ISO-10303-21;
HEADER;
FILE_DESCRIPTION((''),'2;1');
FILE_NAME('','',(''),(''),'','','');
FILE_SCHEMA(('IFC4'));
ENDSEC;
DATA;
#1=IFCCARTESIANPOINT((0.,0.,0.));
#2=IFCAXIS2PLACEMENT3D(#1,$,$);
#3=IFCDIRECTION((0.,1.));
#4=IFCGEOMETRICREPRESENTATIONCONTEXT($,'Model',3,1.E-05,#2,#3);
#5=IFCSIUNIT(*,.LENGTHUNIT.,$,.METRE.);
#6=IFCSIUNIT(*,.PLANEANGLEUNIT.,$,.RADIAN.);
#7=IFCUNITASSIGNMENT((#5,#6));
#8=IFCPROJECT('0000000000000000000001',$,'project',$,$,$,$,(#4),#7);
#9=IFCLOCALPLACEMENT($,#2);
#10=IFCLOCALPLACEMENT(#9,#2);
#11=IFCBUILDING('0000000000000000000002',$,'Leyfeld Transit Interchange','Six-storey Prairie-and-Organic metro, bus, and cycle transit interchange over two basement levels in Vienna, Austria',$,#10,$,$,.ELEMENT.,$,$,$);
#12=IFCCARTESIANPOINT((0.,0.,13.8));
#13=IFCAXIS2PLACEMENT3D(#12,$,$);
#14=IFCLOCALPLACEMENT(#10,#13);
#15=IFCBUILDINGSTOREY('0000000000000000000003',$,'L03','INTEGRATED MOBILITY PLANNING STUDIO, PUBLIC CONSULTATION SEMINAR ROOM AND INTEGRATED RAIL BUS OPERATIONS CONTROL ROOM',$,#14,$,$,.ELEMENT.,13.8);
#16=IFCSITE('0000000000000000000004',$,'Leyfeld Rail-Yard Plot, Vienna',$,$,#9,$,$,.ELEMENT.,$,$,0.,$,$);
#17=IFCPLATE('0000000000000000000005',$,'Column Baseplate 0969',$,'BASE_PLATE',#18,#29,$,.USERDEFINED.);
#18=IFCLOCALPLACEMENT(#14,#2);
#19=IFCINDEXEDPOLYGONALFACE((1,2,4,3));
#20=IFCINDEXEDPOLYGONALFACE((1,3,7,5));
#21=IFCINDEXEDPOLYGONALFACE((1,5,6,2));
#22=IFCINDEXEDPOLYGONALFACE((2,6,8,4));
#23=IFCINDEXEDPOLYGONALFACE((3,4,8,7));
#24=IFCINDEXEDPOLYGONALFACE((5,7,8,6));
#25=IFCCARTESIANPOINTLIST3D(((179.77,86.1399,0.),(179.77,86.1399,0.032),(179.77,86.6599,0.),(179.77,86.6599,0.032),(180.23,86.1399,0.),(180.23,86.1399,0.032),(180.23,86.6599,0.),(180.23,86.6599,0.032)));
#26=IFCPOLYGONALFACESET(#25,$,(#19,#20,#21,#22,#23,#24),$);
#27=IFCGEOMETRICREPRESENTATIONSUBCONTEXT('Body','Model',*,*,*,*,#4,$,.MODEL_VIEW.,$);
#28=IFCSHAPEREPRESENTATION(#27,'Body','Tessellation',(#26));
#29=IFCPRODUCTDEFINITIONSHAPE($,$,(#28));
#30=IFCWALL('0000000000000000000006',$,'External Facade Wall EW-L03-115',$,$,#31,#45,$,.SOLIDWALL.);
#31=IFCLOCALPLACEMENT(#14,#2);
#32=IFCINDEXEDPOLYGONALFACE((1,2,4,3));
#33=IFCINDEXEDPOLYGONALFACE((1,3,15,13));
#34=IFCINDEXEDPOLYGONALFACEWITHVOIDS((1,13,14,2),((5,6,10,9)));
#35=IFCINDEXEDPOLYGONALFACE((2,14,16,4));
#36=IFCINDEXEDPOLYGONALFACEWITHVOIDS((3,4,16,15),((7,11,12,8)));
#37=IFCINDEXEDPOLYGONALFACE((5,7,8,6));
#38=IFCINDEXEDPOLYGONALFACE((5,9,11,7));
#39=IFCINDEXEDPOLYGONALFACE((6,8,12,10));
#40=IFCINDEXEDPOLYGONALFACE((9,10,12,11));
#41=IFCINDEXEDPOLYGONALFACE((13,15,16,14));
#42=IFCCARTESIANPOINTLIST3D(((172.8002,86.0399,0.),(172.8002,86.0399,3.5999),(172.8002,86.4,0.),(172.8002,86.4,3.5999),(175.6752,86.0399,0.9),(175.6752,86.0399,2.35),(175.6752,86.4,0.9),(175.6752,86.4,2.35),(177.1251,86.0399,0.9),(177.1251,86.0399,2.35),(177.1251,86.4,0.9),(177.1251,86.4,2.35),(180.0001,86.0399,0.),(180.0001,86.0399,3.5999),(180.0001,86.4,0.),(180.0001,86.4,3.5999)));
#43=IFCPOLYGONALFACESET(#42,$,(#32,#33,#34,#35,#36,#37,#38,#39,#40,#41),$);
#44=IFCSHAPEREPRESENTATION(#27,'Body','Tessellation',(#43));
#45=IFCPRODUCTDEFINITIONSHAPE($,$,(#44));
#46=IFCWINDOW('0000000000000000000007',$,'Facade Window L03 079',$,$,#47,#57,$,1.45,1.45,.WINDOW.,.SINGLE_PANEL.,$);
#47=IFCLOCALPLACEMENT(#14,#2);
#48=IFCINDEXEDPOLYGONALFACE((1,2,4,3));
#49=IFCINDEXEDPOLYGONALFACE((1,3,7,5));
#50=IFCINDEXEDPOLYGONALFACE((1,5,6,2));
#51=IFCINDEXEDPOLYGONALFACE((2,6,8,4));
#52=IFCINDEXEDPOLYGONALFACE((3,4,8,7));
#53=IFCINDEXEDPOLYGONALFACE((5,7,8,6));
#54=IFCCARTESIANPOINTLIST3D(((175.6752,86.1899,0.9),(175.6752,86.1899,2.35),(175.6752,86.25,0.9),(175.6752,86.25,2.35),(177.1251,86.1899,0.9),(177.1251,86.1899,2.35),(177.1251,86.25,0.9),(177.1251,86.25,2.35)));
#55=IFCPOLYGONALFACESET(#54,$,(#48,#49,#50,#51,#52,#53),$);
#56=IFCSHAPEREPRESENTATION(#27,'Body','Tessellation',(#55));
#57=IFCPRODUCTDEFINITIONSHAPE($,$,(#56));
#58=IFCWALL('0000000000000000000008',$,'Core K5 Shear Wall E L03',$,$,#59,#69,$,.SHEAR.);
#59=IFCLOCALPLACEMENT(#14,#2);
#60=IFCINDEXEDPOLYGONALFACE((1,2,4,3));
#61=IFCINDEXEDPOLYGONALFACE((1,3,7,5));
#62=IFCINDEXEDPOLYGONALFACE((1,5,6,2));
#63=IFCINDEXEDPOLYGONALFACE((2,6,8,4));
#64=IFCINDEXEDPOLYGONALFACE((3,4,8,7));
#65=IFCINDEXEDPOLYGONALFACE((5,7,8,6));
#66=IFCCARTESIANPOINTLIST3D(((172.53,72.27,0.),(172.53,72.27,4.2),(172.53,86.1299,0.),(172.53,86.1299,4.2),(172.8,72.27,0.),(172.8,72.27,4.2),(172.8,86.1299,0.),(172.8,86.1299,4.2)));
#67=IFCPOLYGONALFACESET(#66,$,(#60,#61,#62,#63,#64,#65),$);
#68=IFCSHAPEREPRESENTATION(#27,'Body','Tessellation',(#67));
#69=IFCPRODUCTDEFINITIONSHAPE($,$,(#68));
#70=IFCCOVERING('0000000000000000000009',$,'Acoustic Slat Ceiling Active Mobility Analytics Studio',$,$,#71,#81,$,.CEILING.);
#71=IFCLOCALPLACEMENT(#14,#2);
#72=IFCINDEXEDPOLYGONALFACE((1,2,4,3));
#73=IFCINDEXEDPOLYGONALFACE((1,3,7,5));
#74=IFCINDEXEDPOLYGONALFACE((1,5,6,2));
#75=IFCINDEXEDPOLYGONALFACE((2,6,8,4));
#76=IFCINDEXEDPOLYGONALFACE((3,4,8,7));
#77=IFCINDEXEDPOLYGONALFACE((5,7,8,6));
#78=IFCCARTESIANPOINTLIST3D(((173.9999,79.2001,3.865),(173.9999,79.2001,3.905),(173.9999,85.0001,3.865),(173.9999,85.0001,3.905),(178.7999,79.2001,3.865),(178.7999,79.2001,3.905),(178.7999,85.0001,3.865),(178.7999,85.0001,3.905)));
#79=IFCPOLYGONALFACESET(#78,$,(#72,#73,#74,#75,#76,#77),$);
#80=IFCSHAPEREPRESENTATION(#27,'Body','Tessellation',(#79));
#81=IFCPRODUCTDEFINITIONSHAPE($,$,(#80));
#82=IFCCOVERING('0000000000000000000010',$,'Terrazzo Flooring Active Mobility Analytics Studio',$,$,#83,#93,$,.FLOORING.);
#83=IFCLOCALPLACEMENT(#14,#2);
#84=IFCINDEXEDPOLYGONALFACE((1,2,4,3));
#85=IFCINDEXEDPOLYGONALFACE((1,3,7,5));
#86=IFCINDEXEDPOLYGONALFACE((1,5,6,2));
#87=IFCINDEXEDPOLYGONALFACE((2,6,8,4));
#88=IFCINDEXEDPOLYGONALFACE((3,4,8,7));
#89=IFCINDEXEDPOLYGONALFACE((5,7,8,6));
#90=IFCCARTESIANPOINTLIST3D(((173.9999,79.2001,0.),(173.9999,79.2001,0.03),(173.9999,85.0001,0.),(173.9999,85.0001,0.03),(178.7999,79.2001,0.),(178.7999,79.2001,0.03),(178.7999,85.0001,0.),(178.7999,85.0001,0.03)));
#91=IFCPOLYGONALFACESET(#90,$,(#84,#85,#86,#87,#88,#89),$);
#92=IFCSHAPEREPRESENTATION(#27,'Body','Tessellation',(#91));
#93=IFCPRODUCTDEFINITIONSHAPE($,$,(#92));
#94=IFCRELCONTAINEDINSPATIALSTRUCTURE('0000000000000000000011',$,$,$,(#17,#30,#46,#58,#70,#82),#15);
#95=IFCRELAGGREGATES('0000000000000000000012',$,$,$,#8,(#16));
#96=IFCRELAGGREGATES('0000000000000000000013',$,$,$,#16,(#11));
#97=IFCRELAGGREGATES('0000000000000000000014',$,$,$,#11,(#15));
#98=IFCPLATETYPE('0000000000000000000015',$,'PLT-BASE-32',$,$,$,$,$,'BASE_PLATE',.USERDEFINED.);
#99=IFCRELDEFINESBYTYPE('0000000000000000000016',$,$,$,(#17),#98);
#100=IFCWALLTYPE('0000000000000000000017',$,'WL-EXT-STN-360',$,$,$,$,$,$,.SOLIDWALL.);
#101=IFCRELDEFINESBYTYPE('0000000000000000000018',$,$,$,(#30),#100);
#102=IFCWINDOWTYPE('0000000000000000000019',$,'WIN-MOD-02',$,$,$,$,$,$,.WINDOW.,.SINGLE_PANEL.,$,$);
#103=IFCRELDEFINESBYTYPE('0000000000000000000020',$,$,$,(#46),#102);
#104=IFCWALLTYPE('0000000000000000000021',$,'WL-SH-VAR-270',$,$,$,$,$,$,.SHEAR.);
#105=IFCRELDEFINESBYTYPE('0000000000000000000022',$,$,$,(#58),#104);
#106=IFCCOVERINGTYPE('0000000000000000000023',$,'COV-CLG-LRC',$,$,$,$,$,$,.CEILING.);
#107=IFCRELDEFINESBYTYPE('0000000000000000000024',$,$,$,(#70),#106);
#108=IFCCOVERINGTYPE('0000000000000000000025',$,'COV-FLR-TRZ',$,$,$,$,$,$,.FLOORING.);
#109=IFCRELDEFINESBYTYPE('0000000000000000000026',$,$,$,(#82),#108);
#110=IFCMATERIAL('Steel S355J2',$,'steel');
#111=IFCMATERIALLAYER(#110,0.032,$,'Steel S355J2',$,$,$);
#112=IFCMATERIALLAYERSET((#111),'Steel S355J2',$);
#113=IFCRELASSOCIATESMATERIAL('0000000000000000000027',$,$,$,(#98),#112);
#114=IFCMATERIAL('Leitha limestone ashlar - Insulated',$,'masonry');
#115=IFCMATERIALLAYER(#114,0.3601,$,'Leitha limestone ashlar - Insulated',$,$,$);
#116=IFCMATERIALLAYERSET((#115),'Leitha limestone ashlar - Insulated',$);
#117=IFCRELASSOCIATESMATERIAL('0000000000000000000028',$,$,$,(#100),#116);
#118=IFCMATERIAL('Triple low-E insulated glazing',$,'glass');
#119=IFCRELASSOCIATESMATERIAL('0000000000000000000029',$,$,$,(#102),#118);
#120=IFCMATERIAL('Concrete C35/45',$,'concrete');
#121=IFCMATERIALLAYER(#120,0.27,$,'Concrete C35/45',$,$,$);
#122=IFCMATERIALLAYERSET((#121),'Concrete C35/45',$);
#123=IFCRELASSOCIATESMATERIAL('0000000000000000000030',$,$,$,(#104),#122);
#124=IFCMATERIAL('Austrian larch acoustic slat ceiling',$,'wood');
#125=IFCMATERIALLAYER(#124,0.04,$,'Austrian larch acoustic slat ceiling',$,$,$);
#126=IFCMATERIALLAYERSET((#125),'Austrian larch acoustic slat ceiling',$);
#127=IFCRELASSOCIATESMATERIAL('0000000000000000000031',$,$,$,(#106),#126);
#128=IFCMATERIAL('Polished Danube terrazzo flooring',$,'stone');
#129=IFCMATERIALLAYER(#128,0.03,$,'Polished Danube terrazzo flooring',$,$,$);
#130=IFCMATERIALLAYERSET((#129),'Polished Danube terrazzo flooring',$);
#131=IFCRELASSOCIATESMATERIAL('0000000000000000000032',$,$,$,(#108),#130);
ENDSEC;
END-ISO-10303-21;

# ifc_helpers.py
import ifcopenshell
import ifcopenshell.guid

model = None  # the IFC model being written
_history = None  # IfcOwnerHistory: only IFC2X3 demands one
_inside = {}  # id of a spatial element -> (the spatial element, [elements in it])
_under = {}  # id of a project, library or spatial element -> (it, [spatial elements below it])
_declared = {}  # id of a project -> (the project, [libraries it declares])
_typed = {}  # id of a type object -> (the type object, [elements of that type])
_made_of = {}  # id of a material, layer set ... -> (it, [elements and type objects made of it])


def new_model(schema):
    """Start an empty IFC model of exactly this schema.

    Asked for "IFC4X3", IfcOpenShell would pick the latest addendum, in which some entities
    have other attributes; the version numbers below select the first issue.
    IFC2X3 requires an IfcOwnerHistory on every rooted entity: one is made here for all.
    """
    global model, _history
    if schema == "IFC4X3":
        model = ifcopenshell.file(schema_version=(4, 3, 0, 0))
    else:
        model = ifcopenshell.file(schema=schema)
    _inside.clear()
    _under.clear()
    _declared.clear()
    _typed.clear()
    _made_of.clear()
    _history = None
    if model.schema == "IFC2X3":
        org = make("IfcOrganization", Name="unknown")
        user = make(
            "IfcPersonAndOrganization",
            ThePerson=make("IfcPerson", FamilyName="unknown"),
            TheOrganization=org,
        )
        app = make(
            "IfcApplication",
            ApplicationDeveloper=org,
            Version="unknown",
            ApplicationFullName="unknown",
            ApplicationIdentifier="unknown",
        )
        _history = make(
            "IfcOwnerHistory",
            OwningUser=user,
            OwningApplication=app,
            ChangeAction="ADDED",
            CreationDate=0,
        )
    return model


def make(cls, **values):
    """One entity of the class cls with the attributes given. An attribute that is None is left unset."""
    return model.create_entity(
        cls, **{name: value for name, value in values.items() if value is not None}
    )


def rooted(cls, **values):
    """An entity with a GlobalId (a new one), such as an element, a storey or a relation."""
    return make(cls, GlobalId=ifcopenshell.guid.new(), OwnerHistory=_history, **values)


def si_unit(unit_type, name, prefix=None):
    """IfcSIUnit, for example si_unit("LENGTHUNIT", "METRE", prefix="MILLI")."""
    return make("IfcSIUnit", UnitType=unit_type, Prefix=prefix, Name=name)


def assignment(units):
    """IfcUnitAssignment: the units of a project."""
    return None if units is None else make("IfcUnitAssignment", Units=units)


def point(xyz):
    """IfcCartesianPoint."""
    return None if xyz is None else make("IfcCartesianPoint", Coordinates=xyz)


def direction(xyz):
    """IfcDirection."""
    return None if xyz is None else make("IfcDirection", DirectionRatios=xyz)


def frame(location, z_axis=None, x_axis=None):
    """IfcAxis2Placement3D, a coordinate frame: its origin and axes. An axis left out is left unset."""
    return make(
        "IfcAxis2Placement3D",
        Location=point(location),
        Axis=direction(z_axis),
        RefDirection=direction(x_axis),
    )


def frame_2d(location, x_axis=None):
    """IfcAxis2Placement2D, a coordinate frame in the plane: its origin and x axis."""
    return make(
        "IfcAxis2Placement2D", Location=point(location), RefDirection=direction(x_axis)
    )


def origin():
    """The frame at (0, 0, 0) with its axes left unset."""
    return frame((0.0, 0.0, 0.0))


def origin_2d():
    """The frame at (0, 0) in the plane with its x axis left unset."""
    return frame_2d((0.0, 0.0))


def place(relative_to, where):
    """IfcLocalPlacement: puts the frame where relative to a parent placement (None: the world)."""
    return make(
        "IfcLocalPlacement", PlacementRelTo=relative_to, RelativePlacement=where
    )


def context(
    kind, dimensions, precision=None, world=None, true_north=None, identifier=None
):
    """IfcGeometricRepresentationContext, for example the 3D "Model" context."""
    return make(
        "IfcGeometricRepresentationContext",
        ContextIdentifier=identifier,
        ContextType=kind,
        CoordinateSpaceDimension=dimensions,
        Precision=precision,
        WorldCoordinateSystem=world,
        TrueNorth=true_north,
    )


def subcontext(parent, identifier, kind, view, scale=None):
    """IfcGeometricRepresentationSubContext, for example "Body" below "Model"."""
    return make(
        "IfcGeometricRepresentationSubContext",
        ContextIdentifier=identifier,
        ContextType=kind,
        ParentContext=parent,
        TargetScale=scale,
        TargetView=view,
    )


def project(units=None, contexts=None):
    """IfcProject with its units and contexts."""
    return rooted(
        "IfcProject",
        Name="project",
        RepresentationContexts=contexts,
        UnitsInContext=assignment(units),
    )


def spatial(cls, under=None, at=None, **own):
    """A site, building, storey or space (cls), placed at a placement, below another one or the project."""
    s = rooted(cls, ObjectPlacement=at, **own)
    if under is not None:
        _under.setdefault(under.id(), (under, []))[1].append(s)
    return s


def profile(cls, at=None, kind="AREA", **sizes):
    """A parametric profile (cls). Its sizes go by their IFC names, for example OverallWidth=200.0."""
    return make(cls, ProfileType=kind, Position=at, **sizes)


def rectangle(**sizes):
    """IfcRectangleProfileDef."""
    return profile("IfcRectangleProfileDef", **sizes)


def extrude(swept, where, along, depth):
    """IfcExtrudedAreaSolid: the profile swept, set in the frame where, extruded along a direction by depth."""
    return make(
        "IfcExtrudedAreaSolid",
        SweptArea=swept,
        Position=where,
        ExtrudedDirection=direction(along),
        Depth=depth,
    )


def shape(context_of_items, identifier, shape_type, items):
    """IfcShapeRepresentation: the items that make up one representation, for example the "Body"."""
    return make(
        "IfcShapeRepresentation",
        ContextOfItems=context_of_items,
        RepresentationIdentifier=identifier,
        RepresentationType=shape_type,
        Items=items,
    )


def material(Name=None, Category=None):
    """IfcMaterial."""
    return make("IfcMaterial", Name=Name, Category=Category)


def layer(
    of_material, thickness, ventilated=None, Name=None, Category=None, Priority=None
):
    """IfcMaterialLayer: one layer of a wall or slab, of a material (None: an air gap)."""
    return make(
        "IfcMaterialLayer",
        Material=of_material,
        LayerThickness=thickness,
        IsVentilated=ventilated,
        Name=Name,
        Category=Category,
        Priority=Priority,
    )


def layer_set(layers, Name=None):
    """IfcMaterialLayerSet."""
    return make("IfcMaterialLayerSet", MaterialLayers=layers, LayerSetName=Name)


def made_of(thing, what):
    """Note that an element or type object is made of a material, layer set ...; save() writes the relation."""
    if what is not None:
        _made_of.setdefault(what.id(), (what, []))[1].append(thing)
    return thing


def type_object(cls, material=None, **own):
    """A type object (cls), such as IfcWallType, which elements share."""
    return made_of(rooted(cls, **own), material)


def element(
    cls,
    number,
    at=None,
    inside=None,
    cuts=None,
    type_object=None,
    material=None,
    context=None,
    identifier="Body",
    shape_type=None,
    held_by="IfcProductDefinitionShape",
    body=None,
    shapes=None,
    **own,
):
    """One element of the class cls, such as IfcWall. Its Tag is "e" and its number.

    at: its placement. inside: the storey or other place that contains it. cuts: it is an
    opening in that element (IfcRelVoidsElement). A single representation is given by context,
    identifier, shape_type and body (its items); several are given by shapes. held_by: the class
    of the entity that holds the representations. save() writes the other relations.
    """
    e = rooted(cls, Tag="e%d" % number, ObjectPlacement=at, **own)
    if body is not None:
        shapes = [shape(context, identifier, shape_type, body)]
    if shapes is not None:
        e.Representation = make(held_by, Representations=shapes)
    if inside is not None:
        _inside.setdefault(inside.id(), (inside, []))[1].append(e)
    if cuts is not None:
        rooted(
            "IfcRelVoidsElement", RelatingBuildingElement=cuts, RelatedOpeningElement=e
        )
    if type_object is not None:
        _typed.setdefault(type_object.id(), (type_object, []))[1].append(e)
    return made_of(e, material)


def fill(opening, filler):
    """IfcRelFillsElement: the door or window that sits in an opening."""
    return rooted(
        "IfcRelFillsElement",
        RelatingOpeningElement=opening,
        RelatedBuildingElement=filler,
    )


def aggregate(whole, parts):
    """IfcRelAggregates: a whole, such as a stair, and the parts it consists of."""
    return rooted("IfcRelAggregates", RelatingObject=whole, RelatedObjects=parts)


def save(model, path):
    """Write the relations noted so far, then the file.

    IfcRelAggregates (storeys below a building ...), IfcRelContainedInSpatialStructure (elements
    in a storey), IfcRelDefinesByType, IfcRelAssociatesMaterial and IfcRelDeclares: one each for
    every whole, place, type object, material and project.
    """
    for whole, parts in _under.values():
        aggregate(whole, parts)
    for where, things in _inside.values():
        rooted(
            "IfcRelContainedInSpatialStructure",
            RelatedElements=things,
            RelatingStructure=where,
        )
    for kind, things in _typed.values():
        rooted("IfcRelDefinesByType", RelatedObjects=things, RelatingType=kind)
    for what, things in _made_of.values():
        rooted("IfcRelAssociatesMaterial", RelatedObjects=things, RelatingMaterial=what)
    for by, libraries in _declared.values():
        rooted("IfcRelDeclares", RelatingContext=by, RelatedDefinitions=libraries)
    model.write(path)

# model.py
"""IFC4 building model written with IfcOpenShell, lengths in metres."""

from ifc_helpers import new_model, si_unit, direction, frame, frame_2d, origin, origin_2d, place, context, subcontext, project, spatial, rectangle, extrude, material, layer, layer_set, type_object, element, fill, save


model = new_model("IFC4")

# Units and contexts
model_context = context("Model", 3, precision=1e-05, world=origin(), true_north=direction((0.0, 1.0)))
body_context = subcontext(model_context, "Body", "Model", "MODEL_VIEW")
ifc_project = project(units=[si_unit("LENGTHUNIT", "METRE"), si_unit("PLANEANGLEUNIT", "RADIAN")], contexts=[model_context])

# Site, building, storey
site_placement = place(None, origin())
site = spatial("IfcSite", under=ifc_project, at=site_placement, Name="Leyfeld Rail-Yard Plot, Vienna", CompositionType="ELEMENT", RefElevation=0.0)
building_placement = place(site_placement, origin())
building = spatial("IfcBuilding", under=site, at=building_placement, Name="Leyfeld Transit Interchange", Description="Six-storey Prairie-and-Organic metro, bus, and cycle transit interchange over two basement levels in Vienna, Austria", CompositionType="ELEMENT")
storey_placement = place(building_placement, frame((0.0, 0.0, 13.8)))
storey = spatial("IfcBuildingStorey", under=building, at=storey_placement, Name="L03", Description="INTEGRATED MOBILITY PLANNING STUDIO, PUBLIC CONSULTATION SEMINAR ROOM AND INTEGRATED RAIL BUS OPERATIONS CONTROL ROOM", CompositionType="ELEMENT", Elevation=13.8)

# Shared definitions
ifc_material_1 = material(Name="Steel S355J2", Category="steel")

# Plate
ifc_layer_1 = layer(ifc_material_1, 0.032, Name="Steel S355J2")
ifc_layer_set_1 = layer_set([ifc_layer_1], Name="Steel S355J2")
plate_type_1 = type_object("IfcPlateType", Name="PLT-BASE-32", ElementType="BASE_PLATE", PredefinedType="USERDEFINED", material=ifc_layer_set_1)
for number, where, z_axis, x_axis, name in (
    (1, (180.0, 86.3999, 0.0), (0.0, 0.0, 1.0), (1.0, 0.0, 0.0), "Column Baseplate 0969"),
):
    element("IfcPlate", number, at=place(storey_placement, frame(where, z_axis=z_axis, x_axis=x_axis)), inside=storey, type_object=plate_type_1, Name=name, ObjectType="BASE_PLATE", PredefinedType="USERDEFINED", context=body_context, shape_type="SweptSolid", body=[
        extrude(rectangle(XDim=0.46, YDim=0.52, at=origin_2d()), origin(), (0.0, 0.0, 1.0), 0.032),
    ])

# Wall, opening, window
ifc_material_2 = material(Name="Leitha limestone ashlar - Insulated", Category="masonry")
ifc_layer_2 = layer(ifc_material_2, 0.3601, Name="Leitha limestone ashlar - Insulated")
ifc_layer_set_2 = layer_set([ifc_layer_2], Name="Leitha limestone ashlar - Insulated")
wall_type_1 = type_object("IfcWallType", Name="WL-EXT-STN-360", PredefinedType="SOLIDWALL", material=ifc_layer_set_2)
wall_1_placement = place(storey_placement, frame((172.8, 86.22, 0.0), z_axis=(0.0, 0.0, 1.0), x_axis=(1.0, 0.0, 0.0)))
wall_1 = element("IfcWall", 2, at=wall_1_placement, inside=storey, type_object=wall_type_1, Name="External Facade Wall EW-L03-115", PredefinedType="SOLIDWALL", context=body_context, shape_type="SweptSolid", body=[
    extrude(rectangle(XDim=7.2, YDim=0.3601, at=frame_2d((3.6001, 0.0))), origin(), (0.0, 0.0, 1.0), 3.5999),
])
opening_placement = place(wall_1_placement, frame((2.875, 0.0, 0.8999)))
opening = element("IfcOpeningElement", 3, at=opening_placement, cuts=wall_1, PredefinedType="OPENING", context=body_context, shape_type="SweptSolid", body=[
    extrude(rectangle(XDim=1.45, YDim=1.45, at=frame_2d((0.7251, 0.7251))), frame((0.0, 0.1899, 0.0), z_axis=(0.0, -1.0, 0.0), x_axis=(1.0, 0.0, 0.0)), (0.0, 0.0, 1.0), 0.3801),
])
ifc_material_3 = material(Name="Triple low-E insulated glazing", Category="glass")
window_type = type_object("IfcWindowType", Name="WIN-MOD-02", PartitioningType="SINGLE_PANEL", PredefinedType="WINDOW", material=ifc_material_3)
window_placement = place(opening_placement, origin())
window = element("IfcWindow", 4, at=window_placement, inside=storey, type_object=window_type, Name="Facade Window L03 079", OverallHeight=1.45, OverallWidth=1.45, PartitioningType="SINGLE_PANEL", PredefinedType="WINDOW", context=body_context, shape_type="SweptSolid", body=[
    extrude(rectangle(XDim=1.45, YDim=1.45, at=frame_2d((0.7251, 0.7251))), frame((0.0, 0.03, 0.0), z_axis=(0.0, -1.0, 0.0), x_axis=(1.0, 0.0, 0.0)), (0.0, 0.0, 1.0), 0.0601),
])
fill(opening, window)

# Wall
ifc_material_4 = material(Name="Concrete C35/45", Category="concrete")
ifc_layer_3 = layer(ifc_material_4, 0.27, Name="Concrete C35/45")
ifc_layer_set_3 = layer_set([ifc_layer_3], Name="Concrete C35/45")
wall_type_2 = type_object("IfcWallType", Name="WL-SH-VAR-270", PredefinedType="SHEAR", material=ifc_layer_set_3)
wall_2_placement = place(storey_placement, frame((172.665, 86.1299, 0.0), z_axis=(0.0, 0.0, 1.0), x_axis=(0.0, -1.0, 0.0)))
element("IfcWall", 5, at=wall_2_placement, inside=storey, type_object=wall_type_2, Name="Core K5 Shear Wall E L03", PredefinedType="SHEAR", context=body_context, shape_type="SweptSolid", body=[
    extrude(rectangle(XDim=13.8599, YDim=0.27, at=frame_2d((6.9299, 0.0))), origin(), (0.0, 0.0, 1.0), 4.2),
])

# Coverings
ifc_material_5 = material(Name="Austrian larch acoustic slat ceiling", Category="wood")
ifc_layer_4 = layer(ifc_material_5, 0.04, Name="Austrian larch acoustic slat ceiling")
ifc_layer_set_4 = layer_set([ifc_layer_4], Name="Austrian larch acoustic slat ceiling")
covering_type_1 = type_object("IfcCoveringType", Name="COV-CLG-LRC", PredefinedType="CEILING", material=ifc_layer_set_4)
covering_1_placement = place(storey_placement, frame((176.3999, 82.1001, 3.865), z_axis=(0.0, 0.0, 1.0), x_axis=(1.0, 0.0, 0.0)))
element("IfcCovering", 6, at=covering_1_placement, inside=storey, type_object=covering_type_1, Name="Acoustic Slat Ceiling Active Mobility Analytics Studio", PredefinedType="CEILING", context=body_context, shape_type="SweptSolid", body=[
    extrude(rectangle(XDim=4.8, YDim=5.8, at=origin_2d()), origin(), (0.0, 0.0, 1.0), 0.04),
])
ifc_material_6 = material(Name="Polished Danube terrazzo flooring", Category="stone")
ifc_layer_5 = layer(ifc_material_6, 0.03, Name="Polished Danube terrazzo flooring")
ifc_layer_set_5 = layer_set([ifc_layer_5], Name="Polished Danube terrazzo flooring")
covering_type_2 = type_object("IfcCoveringType", Name="COV-FLR-TRZ", PredefinedType="FLOORING", material=ifc_layer_set_5)
covering_2_placement = place(storey_placement, frame((176.3999, 82.1001, 0.0), z_axis=(0.0, 0.0, 1.0), x_axis=(1.0, 0.0, 0.0)))
element("IfcCovering", 7, at=covering_2_placement, inside=storey, type_object=covering_type_2, Name="Terrazzo Flooring Active Mobility Analytics Studio", PredefinedType="FLOORING", context=body_context, shape_type="SweptSolid", body=[
    extrude(rectangle(XDim=4.8, YDim=5.8, at=origin_2d()), origin(), (0.0, 0.0, 1.0), 0.03),
])

save(model, "model.ifc")
